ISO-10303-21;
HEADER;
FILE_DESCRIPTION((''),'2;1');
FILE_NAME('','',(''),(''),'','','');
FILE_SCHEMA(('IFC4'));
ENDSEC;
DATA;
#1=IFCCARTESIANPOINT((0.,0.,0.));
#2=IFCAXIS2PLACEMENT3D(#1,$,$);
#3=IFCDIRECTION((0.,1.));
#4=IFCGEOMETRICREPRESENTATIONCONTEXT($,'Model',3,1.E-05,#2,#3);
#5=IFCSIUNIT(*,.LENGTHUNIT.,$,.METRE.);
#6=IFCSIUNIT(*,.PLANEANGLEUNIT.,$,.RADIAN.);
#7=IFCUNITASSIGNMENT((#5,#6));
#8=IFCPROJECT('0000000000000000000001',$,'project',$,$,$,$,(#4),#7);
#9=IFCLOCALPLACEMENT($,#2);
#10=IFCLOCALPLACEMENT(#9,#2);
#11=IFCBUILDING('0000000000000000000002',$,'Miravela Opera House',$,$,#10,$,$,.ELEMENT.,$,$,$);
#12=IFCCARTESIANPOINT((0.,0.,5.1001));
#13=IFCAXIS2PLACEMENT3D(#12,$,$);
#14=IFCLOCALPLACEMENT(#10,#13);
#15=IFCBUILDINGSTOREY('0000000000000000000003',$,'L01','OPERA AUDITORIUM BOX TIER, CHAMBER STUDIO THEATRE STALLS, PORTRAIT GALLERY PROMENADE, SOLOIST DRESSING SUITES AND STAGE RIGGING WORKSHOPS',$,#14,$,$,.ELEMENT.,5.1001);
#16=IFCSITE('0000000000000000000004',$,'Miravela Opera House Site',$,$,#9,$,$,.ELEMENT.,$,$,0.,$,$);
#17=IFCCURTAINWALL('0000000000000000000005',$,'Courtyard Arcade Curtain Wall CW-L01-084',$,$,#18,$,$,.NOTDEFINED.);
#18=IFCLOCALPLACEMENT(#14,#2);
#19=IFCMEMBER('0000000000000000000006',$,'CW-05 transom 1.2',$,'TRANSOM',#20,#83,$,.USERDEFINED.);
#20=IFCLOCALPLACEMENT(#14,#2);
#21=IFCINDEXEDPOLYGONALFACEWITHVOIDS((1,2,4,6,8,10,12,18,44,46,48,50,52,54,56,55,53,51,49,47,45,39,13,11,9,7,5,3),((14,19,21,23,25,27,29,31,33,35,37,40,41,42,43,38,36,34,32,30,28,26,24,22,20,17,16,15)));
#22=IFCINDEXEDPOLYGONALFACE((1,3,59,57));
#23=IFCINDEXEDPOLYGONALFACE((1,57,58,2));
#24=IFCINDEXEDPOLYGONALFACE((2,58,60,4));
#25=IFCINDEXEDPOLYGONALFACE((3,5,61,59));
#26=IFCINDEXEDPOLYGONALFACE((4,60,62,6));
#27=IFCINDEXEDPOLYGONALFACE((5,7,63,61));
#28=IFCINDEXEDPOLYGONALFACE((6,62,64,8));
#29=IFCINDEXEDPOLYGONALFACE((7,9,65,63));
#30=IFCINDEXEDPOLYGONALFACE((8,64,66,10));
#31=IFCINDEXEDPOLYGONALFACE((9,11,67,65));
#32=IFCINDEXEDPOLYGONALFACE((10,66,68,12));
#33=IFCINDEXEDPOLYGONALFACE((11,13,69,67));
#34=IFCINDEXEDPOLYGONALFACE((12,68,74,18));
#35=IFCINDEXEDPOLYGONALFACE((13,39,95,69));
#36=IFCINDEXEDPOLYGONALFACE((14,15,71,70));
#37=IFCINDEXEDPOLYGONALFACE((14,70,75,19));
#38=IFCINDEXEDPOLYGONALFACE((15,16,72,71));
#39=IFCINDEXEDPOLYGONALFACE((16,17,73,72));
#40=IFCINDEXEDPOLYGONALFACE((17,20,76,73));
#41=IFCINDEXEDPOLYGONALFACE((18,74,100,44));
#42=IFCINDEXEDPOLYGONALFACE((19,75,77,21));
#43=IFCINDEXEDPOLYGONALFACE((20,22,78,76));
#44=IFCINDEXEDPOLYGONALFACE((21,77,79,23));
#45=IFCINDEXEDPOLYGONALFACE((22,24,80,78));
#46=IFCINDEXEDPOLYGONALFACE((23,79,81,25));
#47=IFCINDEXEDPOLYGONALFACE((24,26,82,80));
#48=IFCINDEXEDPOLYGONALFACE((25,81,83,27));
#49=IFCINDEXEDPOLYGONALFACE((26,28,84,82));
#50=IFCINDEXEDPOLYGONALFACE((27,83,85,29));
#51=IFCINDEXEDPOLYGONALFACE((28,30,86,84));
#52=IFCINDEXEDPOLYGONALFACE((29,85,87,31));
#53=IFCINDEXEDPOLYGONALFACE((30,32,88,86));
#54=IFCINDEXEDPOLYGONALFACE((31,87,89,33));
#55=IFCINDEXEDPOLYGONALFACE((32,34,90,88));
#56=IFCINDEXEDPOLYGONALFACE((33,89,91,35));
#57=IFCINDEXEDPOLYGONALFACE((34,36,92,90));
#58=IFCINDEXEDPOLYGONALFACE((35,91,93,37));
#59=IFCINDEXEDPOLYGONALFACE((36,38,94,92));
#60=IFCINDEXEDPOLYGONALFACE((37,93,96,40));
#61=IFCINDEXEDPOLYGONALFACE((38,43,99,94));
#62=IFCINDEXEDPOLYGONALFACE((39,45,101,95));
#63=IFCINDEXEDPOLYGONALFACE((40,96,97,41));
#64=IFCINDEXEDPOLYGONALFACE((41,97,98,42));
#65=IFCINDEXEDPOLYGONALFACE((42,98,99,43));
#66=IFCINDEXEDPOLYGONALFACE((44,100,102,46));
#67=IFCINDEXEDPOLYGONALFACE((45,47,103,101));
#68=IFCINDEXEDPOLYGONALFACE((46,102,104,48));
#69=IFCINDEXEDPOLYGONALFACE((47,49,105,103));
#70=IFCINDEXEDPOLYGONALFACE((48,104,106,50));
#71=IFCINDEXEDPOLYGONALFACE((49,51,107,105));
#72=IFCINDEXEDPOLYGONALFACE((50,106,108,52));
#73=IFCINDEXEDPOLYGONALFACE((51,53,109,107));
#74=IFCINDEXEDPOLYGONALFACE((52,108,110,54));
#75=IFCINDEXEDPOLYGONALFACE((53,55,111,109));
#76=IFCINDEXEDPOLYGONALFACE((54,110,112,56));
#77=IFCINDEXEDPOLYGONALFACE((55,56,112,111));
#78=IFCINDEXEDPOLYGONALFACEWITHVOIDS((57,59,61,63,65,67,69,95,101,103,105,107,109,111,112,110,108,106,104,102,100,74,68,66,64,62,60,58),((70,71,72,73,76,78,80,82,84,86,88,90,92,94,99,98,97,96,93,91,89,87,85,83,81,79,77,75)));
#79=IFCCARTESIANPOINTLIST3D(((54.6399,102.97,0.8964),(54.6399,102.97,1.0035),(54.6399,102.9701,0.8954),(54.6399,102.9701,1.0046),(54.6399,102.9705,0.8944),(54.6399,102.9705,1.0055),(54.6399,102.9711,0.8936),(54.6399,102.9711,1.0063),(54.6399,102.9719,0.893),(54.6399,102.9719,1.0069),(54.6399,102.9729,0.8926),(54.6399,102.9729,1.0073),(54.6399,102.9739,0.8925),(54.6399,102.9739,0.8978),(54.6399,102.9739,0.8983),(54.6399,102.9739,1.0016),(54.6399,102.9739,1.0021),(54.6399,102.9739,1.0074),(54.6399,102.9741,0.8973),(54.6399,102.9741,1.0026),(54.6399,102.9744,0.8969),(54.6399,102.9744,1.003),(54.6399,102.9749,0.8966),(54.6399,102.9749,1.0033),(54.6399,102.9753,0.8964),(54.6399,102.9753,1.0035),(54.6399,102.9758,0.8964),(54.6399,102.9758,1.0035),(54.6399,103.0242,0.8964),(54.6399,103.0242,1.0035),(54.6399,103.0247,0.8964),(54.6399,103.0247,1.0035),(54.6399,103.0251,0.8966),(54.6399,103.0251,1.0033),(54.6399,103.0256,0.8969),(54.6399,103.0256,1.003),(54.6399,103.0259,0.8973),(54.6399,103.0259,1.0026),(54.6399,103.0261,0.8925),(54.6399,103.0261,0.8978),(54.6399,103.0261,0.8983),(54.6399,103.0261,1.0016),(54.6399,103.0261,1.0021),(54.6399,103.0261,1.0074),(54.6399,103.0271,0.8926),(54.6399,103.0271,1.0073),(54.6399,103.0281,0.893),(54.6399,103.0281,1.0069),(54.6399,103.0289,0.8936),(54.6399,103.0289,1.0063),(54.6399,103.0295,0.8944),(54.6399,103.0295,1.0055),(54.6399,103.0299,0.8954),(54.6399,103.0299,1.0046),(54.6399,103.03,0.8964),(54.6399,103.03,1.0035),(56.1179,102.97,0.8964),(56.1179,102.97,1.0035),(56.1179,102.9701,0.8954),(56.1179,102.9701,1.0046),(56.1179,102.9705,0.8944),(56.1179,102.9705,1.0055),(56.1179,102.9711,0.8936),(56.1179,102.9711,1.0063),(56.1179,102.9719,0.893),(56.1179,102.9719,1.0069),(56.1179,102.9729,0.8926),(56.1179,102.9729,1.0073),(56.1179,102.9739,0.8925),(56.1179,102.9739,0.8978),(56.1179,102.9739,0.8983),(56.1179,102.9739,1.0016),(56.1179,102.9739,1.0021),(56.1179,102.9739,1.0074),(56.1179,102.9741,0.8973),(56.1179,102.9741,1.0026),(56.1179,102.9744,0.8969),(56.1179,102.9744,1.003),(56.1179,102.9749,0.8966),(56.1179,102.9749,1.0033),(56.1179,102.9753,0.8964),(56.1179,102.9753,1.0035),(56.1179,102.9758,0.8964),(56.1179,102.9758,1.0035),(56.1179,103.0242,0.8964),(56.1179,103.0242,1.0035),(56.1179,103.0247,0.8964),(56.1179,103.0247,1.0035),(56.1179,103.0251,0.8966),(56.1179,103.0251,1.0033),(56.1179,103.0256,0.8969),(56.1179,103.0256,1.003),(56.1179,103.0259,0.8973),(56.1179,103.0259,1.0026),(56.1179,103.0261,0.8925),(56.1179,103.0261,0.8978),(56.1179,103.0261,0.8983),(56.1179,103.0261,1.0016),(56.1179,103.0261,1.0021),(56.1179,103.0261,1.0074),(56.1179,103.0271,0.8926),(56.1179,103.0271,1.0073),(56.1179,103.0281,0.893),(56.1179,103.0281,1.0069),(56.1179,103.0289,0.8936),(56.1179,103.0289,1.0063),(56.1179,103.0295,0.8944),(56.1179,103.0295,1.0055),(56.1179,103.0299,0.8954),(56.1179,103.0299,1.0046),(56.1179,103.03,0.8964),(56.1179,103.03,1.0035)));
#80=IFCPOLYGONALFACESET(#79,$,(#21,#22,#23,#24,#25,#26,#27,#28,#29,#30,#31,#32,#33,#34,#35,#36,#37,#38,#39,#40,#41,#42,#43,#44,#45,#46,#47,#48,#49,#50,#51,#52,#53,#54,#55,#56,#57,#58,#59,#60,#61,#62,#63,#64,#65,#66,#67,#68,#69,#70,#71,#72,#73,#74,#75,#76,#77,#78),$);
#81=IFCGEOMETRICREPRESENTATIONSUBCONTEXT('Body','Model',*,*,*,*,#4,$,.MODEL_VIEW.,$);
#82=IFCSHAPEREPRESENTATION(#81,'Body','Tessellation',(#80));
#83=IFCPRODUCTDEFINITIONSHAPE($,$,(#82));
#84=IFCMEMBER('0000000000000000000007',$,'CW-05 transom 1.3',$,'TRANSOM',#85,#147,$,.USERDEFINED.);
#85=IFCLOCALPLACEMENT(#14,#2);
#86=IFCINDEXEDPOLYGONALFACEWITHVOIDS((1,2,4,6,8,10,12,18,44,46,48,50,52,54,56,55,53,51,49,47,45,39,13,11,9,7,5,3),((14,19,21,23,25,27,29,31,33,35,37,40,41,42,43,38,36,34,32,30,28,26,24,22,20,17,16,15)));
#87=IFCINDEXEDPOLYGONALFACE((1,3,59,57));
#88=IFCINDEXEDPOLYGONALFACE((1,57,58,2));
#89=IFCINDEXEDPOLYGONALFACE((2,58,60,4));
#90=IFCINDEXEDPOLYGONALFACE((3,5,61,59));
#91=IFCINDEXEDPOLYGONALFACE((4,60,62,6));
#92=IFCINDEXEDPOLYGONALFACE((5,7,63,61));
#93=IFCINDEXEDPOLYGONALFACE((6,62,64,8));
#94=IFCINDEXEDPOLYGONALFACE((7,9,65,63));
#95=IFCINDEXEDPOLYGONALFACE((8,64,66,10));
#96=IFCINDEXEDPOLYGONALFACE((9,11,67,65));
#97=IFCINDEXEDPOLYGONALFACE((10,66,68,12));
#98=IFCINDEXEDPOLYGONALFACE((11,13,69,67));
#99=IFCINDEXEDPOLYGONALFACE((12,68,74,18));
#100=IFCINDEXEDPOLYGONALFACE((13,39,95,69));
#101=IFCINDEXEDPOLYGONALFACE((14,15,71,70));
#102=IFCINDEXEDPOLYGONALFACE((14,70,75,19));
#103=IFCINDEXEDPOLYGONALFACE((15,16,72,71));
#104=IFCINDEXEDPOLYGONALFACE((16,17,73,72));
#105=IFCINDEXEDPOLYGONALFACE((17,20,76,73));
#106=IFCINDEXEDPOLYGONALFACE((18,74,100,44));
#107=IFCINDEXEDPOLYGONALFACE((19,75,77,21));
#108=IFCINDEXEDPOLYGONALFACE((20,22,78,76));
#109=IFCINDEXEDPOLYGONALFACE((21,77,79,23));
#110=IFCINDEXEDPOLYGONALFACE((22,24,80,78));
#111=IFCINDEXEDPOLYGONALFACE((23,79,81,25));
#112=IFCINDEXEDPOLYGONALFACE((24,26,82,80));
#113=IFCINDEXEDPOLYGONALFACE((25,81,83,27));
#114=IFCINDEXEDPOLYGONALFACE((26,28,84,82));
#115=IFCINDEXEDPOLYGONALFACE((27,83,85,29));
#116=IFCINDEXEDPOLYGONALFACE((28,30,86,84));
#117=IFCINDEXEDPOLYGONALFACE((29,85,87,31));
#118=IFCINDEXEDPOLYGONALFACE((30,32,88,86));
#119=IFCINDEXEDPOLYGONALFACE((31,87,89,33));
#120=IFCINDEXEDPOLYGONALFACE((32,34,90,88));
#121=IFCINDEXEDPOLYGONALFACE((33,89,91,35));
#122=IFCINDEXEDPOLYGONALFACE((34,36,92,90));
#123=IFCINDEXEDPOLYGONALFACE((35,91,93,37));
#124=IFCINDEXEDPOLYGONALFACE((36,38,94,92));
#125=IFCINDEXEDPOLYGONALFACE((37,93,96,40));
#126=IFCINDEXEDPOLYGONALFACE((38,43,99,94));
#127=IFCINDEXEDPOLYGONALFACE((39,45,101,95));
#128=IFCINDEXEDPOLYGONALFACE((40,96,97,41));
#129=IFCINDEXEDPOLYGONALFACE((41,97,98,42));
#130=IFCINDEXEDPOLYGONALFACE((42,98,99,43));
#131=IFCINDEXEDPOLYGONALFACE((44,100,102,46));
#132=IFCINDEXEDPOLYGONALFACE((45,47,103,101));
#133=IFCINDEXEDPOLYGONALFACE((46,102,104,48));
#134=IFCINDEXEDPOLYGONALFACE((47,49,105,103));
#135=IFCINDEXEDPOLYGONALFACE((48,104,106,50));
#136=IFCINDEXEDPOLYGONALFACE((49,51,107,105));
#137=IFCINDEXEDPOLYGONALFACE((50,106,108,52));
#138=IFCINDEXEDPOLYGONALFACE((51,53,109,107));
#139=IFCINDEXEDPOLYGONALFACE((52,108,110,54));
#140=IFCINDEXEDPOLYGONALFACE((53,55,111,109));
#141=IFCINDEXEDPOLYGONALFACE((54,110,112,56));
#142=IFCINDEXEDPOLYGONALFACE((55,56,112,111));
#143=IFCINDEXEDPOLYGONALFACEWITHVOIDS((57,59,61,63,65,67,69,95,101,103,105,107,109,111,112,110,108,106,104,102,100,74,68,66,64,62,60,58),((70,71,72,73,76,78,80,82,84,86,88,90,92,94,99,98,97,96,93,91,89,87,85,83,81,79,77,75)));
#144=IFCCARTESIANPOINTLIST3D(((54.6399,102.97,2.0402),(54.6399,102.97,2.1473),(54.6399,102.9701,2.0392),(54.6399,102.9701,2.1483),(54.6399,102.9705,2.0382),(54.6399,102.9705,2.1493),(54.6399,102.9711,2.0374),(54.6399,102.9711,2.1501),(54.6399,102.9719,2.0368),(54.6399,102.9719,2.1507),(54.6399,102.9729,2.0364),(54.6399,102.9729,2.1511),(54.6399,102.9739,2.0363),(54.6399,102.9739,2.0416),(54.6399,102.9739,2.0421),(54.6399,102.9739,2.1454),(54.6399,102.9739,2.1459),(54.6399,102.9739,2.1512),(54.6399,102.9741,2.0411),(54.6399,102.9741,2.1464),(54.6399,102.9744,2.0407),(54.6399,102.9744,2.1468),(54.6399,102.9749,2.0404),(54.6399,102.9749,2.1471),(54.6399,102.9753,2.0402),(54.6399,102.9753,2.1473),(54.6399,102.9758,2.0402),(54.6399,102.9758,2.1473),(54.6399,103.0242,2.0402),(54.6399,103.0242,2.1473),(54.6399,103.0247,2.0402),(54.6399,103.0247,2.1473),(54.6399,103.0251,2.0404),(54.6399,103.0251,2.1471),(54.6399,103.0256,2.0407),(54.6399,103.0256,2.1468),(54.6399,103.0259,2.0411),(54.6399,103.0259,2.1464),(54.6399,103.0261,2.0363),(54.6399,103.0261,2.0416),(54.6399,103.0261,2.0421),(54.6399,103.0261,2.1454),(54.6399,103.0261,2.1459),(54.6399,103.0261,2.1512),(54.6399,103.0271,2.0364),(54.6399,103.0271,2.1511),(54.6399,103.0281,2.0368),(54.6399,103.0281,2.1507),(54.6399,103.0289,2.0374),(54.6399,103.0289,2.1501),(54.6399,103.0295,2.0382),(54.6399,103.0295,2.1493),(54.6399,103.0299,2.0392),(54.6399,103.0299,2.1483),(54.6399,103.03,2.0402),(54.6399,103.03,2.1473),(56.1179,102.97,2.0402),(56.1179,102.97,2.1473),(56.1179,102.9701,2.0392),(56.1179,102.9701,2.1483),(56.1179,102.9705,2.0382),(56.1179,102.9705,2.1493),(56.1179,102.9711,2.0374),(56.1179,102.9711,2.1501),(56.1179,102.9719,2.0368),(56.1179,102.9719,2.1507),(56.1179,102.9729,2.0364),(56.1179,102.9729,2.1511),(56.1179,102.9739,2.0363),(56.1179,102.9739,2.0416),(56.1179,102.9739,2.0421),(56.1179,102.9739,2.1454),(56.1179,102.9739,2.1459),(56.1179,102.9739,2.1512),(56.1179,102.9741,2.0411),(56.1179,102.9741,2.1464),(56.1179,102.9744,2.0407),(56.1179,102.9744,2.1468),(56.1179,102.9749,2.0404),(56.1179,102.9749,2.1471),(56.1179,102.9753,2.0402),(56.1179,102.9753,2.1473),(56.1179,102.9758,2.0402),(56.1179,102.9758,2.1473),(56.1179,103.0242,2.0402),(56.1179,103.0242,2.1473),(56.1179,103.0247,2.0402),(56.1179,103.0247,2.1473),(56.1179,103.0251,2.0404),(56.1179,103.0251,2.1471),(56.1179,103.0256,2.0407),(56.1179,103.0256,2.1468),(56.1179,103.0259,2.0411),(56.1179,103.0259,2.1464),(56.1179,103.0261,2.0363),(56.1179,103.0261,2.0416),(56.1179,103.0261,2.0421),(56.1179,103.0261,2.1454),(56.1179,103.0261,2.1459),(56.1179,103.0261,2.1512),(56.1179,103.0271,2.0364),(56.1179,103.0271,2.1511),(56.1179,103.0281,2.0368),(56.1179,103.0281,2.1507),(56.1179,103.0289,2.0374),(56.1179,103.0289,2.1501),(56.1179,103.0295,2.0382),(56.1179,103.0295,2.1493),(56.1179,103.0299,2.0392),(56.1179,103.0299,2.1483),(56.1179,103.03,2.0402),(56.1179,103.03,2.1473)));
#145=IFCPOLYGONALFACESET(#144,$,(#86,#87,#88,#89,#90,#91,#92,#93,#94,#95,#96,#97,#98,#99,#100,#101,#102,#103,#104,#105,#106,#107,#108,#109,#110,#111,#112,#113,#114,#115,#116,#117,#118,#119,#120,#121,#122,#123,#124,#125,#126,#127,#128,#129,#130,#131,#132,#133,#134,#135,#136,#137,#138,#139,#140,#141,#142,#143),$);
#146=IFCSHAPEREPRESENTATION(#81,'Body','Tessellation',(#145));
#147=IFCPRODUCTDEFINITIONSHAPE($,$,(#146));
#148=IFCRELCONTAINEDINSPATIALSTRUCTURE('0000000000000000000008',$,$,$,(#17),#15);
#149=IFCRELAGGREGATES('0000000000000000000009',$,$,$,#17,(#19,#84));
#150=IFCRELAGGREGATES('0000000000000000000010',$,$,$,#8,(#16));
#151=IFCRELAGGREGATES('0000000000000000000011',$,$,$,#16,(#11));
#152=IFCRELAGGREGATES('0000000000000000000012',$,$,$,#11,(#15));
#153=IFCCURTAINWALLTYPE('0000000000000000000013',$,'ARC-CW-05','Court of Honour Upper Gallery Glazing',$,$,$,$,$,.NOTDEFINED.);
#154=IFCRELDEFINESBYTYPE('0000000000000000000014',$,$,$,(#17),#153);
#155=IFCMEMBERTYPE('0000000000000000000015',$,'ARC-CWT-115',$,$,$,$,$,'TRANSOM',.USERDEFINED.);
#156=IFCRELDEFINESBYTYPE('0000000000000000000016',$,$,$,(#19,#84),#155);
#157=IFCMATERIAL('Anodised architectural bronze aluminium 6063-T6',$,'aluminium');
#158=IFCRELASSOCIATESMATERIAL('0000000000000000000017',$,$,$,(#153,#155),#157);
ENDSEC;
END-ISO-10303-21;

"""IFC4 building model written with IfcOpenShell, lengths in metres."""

from ifc_helpers import new_model, si_unit, direction, frame, origin, origin_2d, place, context, subcontext, project, spatial, hollow_rectangle, extrude, material, material_profile, profile_set, type_object, element, aggregate, save


model = new_model("IFC4")

# Units and contexts
model_context = context("Model", 3, precision=1e-05, world=origin(), true_north=direction((0.0, 1.0)))
body_context = subcontext(model_context, "Body", "Model", "MODEL_VIEW")
ifc_project = project(units=[si_unit("LENGTHUNIT", "METRE"), si_unit("PLANEANGLEUNIT", "RADIAN")], contexts=[model_context])

# Site, building, storey
site_placement = place(None, origin())
site = spatial("IfcSite", under=ifc_project, at=site_placement, Name="Miravela Opera House Site", CompositionType="ELEMENT", RefElevation=0.0)
building_placement = place(site_placement, origin())
building = spatial("IfcBuilding", under=site, at=building_placement, Name="Miravela Opera House", CompositionType="ELEMENT")
storey_placement = place(building_placement, frame((0.0, 0.0, 5.1001)))
storey = spatial("IfcBuildingStorey", under=building, at=storey_placement, Name="L01", Description="OPERA AUDITORIUM BOX TIER, CHAMBER STUDIO THEATRE STALLS, PORTRAIT GALLERY PROMENADE, SOLOIST DRESSING SUITES AND STAGE RIGGING WORKSHOPS", CompositionType="ELEMENT", Elevation=5.1001)

# Curtain wall, members
ifc_material_1 = material(Name="Anodised architectural bronze aluminium 6063-T6", Category="aluminium")
curtain_wall_type = type_object("IfcCurtainWallType", Name="ARC-CW-05", Description="Court of Honour Upper Gallery Glazing", PredefinedType="NOTDEFINED", material=ifc_material_1)
curtain_wall_placement = place(storey_placement, origin())
curtain_wall = element("IfcCurtainWall", 1, at=curtain_wall_placement, inside=storey, type_object=curtain_wall_type, Name="Courtyard Arcade Curtain Wall CW-L01-084", PredefinedType="NOTDEFINED")
ifc_material_profile_1 = material_profile(ifc_material_1, hollow_rectangle(XDim=0.0601, YDim=0.115, WallThickness=0.0039, InnerFilletRadius=0.002, OuterFilletRadius=0.0039, at=origin_2d()), Name="CWT-60X115")
ifc_profile_set_1 = profile_set([ifc_material_profile_1])
member_type_1 = type_object("IfcMemberType", Name="ARC-CWT-115", ElementType="TRANSOM", PredefinedType="USERDEFINED", material=ifc_profile_set_1)
member_1_placement = place(storey_placement, frame((54.6399, 103.0, 0.95), z_axis=(1.0, 0.0, 0.0), x_axis=(0.0, 1.0, 0.0)))
member_1 = element("IfcMember", 2, at=member_1_placement, type_object=member_type_1, Name="CW-05 transom 1.2", ObjectType="TRANSOM", PredefinedType="USERDEFINED", context=body_context, shape_type="SweptSolid", body=[
    extrude(hollow_rectangle(XDim=0.0601, YDim=0.115, WallThickness=0.0039, InnerFilletRadius=0.002, OuterFilletRadius=0.0039, at=origin_2d()), origin(), (0.0, 0.0, 1.0), 1.478),
])
member_2_placement = place(storey_placement, frame((54.6399, 103.0, 2.0938), z_axis=(1.0, 0.0, 0.0), x_axis=(0.0, 1.0, 0.0)))
member_2 = element("IfcMember", 3, at=member_2_placement, type_object=member_type_1, Name="CW-05 transom 1.3", ObjectType="TRANSOM", PredefinedType="USERDEFINED", context=body_context, shape_type="SweptSolid", body=[
    extrude(hollow_rectangle(XDim=0.0601, YDim=0.115, WallThickness=0.0039, InnerFilletRadius=0.002, OuterFilletRadius=0.0039, at=origin_2d()), origin(), (0.0, 0.0, 1.0), 1.478),
])

aggregate(curtain_wall, [member_1, member_2])

save(model, "model.ifc")
